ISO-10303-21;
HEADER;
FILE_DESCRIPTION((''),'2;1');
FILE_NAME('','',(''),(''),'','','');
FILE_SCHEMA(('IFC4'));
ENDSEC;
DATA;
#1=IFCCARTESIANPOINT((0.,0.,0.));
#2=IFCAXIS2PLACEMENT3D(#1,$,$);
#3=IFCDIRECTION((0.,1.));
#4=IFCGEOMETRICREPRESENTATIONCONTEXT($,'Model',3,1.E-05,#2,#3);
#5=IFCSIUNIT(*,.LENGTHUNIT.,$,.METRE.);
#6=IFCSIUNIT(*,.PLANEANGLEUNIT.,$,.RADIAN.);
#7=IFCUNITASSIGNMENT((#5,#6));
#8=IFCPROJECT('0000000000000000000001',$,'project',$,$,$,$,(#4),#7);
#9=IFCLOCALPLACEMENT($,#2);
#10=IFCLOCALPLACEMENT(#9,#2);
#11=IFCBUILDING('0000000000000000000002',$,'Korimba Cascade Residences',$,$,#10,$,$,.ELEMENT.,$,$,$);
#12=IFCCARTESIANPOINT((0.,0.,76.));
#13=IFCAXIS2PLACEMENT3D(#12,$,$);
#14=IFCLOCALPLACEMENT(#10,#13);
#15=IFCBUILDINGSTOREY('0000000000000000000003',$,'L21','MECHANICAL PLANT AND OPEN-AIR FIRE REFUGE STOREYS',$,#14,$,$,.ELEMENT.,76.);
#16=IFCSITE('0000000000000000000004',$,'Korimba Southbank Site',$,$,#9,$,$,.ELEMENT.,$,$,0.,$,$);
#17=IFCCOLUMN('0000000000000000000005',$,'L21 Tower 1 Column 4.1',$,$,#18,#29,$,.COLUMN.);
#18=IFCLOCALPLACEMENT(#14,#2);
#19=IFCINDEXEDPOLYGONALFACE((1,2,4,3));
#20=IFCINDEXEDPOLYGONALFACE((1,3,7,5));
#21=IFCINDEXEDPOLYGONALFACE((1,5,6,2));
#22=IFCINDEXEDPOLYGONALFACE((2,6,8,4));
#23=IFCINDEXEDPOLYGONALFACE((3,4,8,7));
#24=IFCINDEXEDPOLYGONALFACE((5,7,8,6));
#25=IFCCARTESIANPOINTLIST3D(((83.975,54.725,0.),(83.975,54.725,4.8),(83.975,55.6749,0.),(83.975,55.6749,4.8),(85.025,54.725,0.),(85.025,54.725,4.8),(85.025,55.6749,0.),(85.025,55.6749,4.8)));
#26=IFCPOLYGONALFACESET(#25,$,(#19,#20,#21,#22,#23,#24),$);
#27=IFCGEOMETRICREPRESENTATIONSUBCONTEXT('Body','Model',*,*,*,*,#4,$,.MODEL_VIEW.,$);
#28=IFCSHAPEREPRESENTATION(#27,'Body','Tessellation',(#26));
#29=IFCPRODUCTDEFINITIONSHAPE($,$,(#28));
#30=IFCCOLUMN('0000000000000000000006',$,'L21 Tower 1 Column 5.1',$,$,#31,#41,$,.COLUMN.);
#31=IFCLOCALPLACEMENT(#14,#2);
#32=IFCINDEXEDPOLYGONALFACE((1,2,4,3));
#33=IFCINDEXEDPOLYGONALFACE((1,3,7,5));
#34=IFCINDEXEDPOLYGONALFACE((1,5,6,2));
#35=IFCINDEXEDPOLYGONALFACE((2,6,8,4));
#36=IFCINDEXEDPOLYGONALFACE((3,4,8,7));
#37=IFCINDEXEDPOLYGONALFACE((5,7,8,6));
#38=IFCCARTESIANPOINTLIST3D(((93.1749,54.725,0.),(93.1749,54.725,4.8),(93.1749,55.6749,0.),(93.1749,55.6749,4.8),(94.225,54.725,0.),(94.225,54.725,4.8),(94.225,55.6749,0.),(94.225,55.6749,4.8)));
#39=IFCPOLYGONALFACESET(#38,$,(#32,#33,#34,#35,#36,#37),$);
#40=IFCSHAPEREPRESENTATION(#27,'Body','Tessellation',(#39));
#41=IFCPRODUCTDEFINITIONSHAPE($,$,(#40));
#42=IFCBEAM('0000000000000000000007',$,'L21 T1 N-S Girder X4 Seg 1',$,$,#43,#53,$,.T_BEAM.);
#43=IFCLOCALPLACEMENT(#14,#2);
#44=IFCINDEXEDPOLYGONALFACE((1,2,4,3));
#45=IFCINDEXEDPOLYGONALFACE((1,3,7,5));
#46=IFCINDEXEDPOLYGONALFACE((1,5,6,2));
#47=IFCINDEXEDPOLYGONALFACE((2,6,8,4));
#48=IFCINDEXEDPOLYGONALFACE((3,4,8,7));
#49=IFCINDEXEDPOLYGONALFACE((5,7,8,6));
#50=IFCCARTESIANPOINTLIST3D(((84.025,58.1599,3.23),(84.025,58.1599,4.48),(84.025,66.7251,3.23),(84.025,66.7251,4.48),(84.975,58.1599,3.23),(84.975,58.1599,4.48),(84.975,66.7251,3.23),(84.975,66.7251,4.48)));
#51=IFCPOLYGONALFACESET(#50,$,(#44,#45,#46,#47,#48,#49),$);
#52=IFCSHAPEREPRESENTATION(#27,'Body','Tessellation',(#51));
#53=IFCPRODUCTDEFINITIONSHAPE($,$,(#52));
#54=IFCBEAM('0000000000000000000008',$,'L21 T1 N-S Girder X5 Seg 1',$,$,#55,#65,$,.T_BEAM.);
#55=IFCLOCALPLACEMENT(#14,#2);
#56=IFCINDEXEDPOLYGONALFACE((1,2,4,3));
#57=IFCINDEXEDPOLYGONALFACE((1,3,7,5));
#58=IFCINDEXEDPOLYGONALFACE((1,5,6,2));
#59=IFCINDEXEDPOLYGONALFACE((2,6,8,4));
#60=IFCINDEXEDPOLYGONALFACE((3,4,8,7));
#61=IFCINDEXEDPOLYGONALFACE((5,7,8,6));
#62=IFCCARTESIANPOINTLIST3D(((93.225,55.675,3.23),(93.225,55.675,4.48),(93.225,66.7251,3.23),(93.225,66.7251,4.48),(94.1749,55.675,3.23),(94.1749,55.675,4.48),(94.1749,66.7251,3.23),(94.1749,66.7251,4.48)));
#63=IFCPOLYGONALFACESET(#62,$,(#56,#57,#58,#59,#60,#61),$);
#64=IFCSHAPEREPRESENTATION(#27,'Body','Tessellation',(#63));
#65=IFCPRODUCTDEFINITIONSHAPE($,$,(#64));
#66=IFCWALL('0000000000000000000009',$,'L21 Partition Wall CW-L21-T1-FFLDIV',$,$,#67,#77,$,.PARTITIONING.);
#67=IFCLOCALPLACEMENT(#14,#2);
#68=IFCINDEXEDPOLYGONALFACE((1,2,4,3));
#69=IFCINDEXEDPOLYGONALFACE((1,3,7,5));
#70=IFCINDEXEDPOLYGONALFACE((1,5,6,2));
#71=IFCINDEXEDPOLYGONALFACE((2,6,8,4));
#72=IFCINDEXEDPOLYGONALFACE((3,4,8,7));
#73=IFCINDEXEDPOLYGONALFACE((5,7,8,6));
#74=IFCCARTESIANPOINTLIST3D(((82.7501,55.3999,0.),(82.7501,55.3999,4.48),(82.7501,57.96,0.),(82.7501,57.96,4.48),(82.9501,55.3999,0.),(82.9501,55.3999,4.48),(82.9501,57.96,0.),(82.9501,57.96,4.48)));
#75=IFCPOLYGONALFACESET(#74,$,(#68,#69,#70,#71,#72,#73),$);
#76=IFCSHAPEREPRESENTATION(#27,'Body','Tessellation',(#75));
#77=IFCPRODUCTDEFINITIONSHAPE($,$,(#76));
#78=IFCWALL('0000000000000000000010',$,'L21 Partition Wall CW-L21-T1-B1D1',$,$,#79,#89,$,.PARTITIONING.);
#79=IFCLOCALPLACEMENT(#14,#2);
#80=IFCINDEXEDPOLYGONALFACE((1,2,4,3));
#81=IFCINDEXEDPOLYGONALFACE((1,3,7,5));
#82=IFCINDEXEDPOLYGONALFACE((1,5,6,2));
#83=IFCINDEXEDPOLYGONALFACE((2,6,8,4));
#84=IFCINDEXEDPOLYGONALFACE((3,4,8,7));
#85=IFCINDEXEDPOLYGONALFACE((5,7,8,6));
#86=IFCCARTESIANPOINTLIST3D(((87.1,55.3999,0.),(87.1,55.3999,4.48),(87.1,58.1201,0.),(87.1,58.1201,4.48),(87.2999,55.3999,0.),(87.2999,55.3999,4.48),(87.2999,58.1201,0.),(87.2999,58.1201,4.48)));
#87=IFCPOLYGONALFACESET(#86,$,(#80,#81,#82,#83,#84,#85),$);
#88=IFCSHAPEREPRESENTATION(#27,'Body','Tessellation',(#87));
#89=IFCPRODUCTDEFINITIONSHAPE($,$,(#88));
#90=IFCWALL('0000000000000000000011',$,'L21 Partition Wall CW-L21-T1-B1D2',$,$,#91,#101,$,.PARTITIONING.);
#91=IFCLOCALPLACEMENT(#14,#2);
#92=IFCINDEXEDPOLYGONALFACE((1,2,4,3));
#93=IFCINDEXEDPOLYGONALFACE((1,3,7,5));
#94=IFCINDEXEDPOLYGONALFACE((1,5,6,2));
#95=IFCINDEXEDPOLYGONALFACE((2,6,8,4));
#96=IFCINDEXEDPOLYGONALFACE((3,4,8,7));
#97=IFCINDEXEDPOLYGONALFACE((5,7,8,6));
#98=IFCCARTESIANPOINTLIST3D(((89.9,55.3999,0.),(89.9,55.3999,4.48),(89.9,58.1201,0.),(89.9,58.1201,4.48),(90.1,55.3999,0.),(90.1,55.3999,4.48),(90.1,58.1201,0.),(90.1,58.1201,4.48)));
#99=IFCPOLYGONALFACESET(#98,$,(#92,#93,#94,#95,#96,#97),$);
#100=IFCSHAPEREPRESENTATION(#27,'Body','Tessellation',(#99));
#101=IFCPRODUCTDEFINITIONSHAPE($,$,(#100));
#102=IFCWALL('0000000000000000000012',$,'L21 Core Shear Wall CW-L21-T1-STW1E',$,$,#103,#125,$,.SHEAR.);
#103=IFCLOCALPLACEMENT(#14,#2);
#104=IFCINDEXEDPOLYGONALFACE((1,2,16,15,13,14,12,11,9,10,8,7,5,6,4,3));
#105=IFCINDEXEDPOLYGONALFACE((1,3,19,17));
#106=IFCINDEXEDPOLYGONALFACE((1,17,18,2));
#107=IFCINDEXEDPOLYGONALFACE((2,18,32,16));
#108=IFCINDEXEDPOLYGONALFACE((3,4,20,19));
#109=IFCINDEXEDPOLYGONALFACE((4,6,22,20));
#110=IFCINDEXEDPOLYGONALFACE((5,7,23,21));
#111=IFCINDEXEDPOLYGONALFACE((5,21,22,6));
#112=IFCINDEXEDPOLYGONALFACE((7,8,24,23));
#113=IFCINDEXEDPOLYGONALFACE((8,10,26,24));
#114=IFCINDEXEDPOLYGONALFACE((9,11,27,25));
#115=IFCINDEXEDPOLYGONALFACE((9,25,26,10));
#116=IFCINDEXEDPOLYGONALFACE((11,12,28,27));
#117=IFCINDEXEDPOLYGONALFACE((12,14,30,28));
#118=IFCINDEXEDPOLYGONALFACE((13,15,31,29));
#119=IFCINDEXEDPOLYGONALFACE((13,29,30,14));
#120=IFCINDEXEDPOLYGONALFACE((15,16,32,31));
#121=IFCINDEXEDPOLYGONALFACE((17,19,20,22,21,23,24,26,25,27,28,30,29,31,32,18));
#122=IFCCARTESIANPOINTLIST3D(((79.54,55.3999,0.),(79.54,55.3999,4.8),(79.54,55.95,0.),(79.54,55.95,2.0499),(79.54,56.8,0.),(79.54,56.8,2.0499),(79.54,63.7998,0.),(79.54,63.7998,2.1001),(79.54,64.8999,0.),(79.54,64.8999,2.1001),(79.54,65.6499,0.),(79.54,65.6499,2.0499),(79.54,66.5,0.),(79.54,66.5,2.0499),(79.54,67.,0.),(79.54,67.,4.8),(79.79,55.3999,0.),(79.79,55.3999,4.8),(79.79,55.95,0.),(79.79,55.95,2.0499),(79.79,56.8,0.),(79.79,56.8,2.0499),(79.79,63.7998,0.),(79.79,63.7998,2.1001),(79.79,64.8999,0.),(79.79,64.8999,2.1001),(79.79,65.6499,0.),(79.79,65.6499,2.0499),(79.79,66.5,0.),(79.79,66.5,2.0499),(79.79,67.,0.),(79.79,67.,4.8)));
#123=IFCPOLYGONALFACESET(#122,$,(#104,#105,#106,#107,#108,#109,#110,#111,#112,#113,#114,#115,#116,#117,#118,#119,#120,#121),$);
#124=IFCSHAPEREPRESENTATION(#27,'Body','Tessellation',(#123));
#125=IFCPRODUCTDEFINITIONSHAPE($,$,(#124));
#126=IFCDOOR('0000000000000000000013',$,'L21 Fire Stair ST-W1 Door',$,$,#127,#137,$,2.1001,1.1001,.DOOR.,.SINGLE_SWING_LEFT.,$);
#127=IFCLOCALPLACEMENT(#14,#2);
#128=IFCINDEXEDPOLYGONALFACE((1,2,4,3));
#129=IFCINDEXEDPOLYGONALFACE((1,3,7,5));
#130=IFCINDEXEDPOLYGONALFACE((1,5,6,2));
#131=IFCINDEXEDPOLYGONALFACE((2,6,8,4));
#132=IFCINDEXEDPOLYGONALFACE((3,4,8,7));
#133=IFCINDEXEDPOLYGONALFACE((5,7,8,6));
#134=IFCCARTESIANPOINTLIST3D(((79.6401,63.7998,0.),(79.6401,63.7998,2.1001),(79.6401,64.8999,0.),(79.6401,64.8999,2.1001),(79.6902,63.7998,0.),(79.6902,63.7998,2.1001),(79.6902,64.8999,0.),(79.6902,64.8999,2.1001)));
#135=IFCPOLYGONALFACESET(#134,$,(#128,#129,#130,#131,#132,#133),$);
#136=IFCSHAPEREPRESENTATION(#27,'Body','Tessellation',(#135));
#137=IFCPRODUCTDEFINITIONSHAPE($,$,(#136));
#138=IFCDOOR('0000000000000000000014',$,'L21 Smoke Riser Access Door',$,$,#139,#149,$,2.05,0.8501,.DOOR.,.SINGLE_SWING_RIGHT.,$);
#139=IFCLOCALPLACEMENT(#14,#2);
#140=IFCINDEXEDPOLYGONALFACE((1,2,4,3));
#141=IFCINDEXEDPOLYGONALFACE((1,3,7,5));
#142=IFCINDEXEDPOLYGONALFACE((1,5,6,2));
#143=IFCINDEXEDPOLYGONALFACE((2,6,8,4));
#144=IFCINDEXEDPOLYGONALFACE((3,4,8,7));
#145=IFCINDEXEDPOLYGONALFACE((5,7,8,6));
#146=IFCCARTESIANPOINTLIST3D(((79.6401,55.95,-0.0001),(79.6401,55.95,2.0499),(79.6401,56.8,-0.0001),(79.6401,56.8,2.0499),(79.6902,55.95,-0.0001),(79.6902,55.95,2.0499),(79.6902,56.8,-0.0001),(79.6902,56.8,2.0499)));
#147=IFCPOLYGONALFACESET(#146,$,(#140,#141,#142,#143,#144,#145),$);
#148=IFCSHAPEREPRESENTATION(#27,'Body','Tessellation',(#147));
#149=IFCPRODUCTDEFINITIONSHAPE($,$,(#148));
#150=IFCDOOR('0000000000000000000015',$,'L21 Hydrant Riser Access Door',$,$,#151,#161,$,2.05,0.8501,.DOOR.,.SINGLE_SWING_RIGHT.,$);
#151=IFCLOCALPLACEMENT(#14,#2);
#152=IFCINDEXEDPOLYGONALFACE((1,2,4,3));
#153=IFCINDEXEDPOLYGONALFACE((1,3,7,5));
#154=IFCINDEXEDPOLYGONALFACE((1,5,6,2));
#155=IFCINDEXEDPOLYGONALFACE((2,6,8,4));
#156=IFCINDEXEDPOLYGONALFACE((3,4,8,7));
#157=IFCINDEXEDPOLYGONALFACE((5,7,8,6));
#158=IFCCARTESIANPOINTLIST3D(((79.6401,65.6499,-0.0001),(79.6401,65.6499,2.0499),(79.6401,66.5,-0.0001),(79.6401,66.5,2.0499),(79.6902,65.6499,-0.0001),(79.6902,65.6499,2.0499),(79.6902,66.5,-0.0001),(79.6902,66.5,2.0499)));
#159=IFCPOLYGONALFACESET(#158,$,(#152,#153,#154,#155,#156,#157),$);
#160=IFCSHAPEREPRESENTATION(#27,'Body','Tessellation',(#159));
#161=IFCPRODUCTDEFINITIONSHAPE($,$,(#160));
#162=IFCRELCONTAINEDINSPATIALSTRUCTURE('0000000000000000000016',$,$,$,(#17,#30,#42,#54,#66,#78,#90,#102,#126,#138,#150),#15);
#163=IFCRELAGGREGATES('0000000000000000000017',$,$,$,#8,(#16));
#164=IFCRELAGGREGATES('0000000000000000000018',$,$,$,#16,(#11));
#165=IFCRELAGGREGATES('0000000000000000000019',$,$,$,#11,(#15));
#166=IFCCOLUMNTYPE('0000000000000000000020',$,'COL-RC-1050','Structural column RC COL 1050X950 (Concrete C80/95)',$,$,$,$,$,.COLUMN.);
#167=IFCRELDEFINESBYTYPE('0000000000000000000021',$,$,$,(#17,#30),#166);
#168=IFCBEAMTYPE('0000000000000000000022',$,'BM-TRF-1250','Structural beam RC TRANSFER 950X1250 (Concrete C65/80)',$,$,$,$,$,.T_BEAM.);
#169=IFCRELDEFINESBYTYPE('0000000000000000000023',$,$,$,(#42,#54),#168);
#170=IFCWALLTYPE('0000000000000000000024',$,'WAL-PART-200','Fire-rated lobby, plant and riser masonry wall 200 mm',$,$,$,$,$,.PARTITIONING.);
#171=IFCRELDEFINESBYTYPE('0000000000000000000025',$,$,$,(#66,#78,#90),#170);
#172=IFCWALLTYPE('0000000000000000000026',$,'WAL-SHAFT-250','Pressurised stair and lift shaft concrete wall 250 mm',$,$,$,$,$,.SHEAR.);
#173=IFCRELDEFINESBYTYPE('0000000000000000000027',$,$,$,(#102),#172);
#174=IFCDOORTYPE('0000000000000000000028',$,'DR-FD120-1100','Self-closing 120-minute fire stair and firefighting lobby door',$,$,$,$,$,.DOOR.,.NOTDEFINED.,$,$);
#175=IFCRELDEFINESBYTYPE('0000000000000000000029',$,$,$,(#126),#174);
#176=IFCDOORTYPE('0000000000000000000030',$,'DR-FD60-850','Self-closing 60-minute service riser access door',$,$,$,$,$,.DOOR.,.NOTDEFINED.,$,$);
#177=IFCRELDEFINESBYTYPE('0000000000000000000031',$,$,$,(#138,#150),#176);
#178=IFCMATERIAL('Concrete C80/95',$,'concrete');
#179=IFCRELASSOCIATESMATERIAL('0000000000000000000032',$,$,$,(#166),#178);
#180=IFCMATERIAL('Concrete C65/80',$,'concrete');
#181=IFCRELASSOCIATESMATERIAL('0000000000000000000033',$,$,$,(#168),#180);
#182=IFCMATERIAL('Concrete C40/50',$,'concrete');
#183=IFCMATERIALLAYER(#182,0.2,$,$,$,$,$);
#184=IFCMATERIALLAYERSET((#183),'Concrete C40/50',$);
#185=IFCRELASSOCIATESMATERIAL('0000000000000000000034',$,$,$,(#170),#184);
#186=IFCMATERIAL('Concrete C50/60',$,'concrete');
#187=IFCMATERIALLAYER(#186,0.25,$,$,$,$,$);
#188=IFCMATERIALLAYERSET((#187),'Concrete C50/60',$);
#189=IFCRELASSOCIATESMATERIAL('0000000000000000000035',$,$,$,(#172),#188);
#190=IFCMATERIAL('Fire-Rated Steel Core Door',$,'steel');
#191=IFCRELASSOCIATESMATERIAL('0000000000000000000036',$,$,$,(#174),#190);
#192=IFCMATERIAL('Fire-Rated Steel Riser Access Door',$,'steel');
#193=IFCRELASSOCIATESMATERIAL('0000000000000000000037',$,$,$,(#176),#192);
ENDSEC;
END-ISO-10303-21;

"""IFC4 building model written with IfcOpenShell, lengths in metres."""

from ifc_helpers import new_model, si_unit, direction, frame, frame_2d, origin, origin_2d, place, context, subcontext, project, spatial, rectangle, extrude, material, layer, layer_set, material_profile, profile_set, type_object, element, fill, save


model = new_model("IFC4")

# Units and contexts
model_context = context("Model", 3, precision=1e-05, world=origin(), true_north=direction((0.0, 1.0)))
body_context = subcontext(model_context, "Body", "Model", "MODEL_VIEW")
ifc_project = project(units=[si_unit("LENGTHUNIT", "METRE"), si_unit("PLANEANGLEUNIT", "RADIAN")], contexts=[model_context])

# Site, building, storey
site_placement = place(None, origin())
site = spatial("IfcSite", under=ifc_project, at=site_placement, Name="Korimba Southbank Site", CompositionType="ELEMENT", RefElevation=0.0)
building_placement = place(site_placement, origin())
building = spatial("IfcBuilding", under=site, at=building_placement, Name="Korimba Cascade Residences", CompositionType="ELEMENT")
storey_placement = place(building_placement, frame((0.0, 0.0, 76.0)))
storey = spatial("IfcBuildingStorey", under=building, at=storey_placement, Name="L21", Description="MECHANICAL PLANT AND OPEN-AIR FIRE REFUGE STOREYS", CompositionType="ELEMENT", Elevation=76.0)

# Columns
ifc_material_1 = material(Name="Concrete C80/95", Category="concrete")
ifc_material_profile_1 = material_profile(ifc_material_1, rectangle(XDim=1.05, YDim=0.95, at=origin_2d()), Name="Concrete C80/95")
ifc_profile_set_1 = profile_set([ifc_material_profile_1], Name="Concrete C80/95")
column_type = type_object("IfcColumnType", Name="COL-RC-1050", Description="Structural column RC COL 1050X950 (Concrete C80/95)", PredefinedType="COLUMN", material=ifc_profile_set_1)
for number, where, z_axis, x_axis, name in (
    (1, (84.5, 55.2, 0.0), (0.0, 0.0, 1.0), (1.0, 0.0, 0.0), "L21 Tower 1 Column 4.1"),
    (2, (93.7, 55.2, 0.0), (0.0, 0.0, 1.0), (1.0, 0.0, 0.0), "L21 Tower 1 Column 5.1"),
):
    element("IfcColumn", number, at=place(storey_placement, frame(where, z_axis=z_axis, x_axis=x_axis)), inside=storey, type_object=column_type, Name=name, PredefinedType="COLUMN", context=body_context, shape_type="SweptSolid", body=[
        extrude(rectangle(XDim=1.05, YDim=0.95, at=origin_2d()), origin(), (0.0, 0.0, 1.0), 4.8),
    ])

# Beams
ifc_material_2 = material(Name="Concrete C65/80", Category="concrete")
ifc_material_profile_2 = material_profile(ifc_material_2, rectangle(XDim=0.95, YDim=1.25, at=origin_2d()), Name="Concrete C65/80")
ifc_profile_set_2 = profile_set([ifc_material_profile_2], Name="Concrete C65/80")
beam_type = type_object("IfcBeamType", Name="BM-TRF-1250", Description="Structural beam RC TRANSFER 950X1250 (Concrete C65/80)", PredefinedType="T_BEAM", material=ifc_profile_set_2)
beam_1_placement = place(storey_placement, frame((84.5, 58.1599, 3.855), z_axis=(0.0, 1.0, 0.0), x_axis=(-1.0, 0.0, 0.0)))
element("IfcBeam", 3, at=beam_1_placement, inside=storey, type_object=beam_type, Name="L21 T1 N-S Girder X4 Seg 1", PredefinedType="T_BEAM", context=body_context, shape_type="SweptSolid", body=[
    extrude(rectangle(XDim=0.95, YDim=1.25, at=origin_2d()), origin(), (0.0, 0.0, 1.0), 8.5652),
])
beam_2_placement = place(storey_placement, frame((93.7, 55.675, 3.855), z_axis=(0.0, 1.0, 0.0), x_axis=(-1.0, 0.0, 0.0)))
element("IfcBeam", 4, at=beam_2_placement, inside=storey, type_object=beam_type, Name="L21 T1 N-S Girder X5 Seg 1", PredefinedType="T_BEAM", context=body_context, shape_type="SweptSolid", body=[
    extrude(rectangle(XDim=0.95, YDim=1.25, at=origin_2d()), origin(), (0.0, 0.0, 1.0), 11.05),
])

# Walls
ifc_material_3 = material(Name="Concrete C40/50", Category="concrete")
ifc_layer_1 = layer(ifc_material_3, 0.2)
ifc_layer_set_1 = layer_set([ifc_layer_1], Name="Concrete C40/50")
wall_type_1 = type_object("IfcWallType", Name="WAL-PART-200", Description="Fire-rated lobby, plant and riser masonry wall 200 mm", PredefinedType="PARTITIONING", material=ifc_layer_set_1)
wall_1_placement = place(storey_placement, frame((82.8501, 55.3999, 0.0), z_axis=(0.0, 0.0, 1.0), x_axis=(0.0, 1.0, 0.0)))
element("IfcWall", 5, at=wall_1_placement, inside=storey, type_object=wall_type_1, Name="L21 Partition Wall CW-L21-T1-FFLDIV", PredefinedType="PARTITIONING", context=body_context, shape_type="SweptSolid", body=[
    extrude(rectangle(XDim=2.5601, YDim=0.2, at=frame_2d((1.28, 0.0))), origin(), (0.0, 0.0, 1.0), 4.48),
])
for number, where, z_axis, x_axis, name in (
    (6, (87.2, 55.3999, 0.0), (0.0, 0.0, 1.0), (0.0, 1.0, 0.0), "L21 Partition Wall CW-L21-T1-B1D1"),
    (7, (90.0, 55.3999, 0.0), (0.0, 0.0, 1.0), (0.0, 1.0, 0.0), "L21 Partition Wall CW-L21-T1-B1D2"),
):
    element("IfcWall", number, at=place(storey_placement, frame(where, z_axis=z_axis, x_axis=x_axis)), inside=storey, type_object=wall_type_1, Name=name, PredefinedType="PARTITIONING", context=body_context, shape_type="SweptSolid", body=[
        extrude(rectangle(XDim=2.7202, YDim=0.2, at=frame_2d((1.3601, 0.0))), origin(), (0.0, 0.0, 1.0), 4.48),
    ])

# Wall, openings, doors
ifc_material_4 = material(Name="Concrete C50/60", Category="concrete")
ifc_layer_2 = layer(ifc_material_4, 0.25)
ifc_layer_set_2 = layer_set([ifc_layer_2], Name="Concrete C50/60")
wall_type_2 = type_object("IfcWallType", Name="WAL-SHAFT-250", Description="Pressurised stair and lift shaft concrete wall 250 mm", PredefinedType="SHEAR", material=ifc_layer_set_2)
wall_2_placement = place(storey_placement, frame((79.665, 55.3999, 0.0), z_axis=(0.0, 0.0, 1.0), x_axis=(0.0, 1.0, 0.0)))
wall_2 = element("IfcWall", 8, at=wall_2_placement, inside=storey, type_object=wall_type_2, Name="L21 Core Shear Wall CW-L21-T1-STW1E", PredefinedType="SHEAR", context=body_context, shape_type="SweptSolid", body=[
    extrude(rectangle(XDim=11.6001, YDim=0.25, at=frame_2d((5.8, 0.0))), origin(), (0.0, 0.0, 1.0), 4.8),
])
opening_1_placement = place(wall_2_placement, frame((0.55, 0.0, 0.0)))
opening_1 = element("IfcOpeningElement", 9, at=opening_1_placement, cuts=wall_2, PredefinedType="OPENING", context=body_context, shape_type="SweptSolid", body=[
    extrude(rectangle(XDim=0.8501, YDim=2.05, at=frame_2d((0.425, 1.0249))), frame((0.0, 0.135, 0.0), z_axis=(0.0, -1.0, 0.0), x_axis=(1.0, 0.0, 0.0)), (0.0, 0.0, 1.0), 0.27),
])
opening_2_placement = place(wall_2_placement, frame((8.3999, 0.0, 0.0)))
opening_2 = element("IfcOpeningElement", 10, at=opening_2_placement, cuts=wall_2, PredefinedType="OPENING", context=body_context, shape_type="SweptSolid", body=[
    extrude(rectangle(XDim=1.1001, YDim=2.1001, at=frame_2d((0.55, 1.05))), frame((0.0, 0.135, 0.0), z_axis=(0.0, -1.0, 0.0), x_axis=(1.0, 0.0, 0.0)), (0.0, 0.0, 1.0), 0.27),
])
opening_3_placement = place(wall_2_placement, frame((10.25, 0.0, 0.0)))
opening_3 = element("IfcOpeningElement", 11, at=opening_3_placement, cuts=wall_2, PredefinedType="OPENING", context=body_context, shape_type="SweptSolid", body=[
    extrude(rectangle(XDim=0.8501, YDim=2.05, at=frame_2d((0.425, 1.0249))), frame((0.0, 0.135, 0.0), z_axis=(0.0, -1.0, 0.0), x_axis=(1.0, 0.0, 0.0)), (0.0, 0.0, 1.0), 0.27),
])
ifc_material_5 = material(Name="Fire-Rated Steel Core Door", Category="steel")
door_type_1 = type_object("IfcDoorType", Name="DR-FD120-1100", Description="Self-closing 120-minute fire stair and firefighting lobby door", OperationType="NOTDEFINED", PredefinedType="DOOR", material=ifc_material_5)
door_1_placement = place(opening_2_placement, origin())
door_1 = element("IfcDoor", 12, at=door_1_placement, inside=storey, type_object=door_type_1, Name="L21 Fire Stair ST-W1 Door", OperationType="SINGLE_SWING_LEFT", OverallHeight=2.1001, OverallWidth=1.1001, PredefinedType="DOOR", context=body_context, shape_type="SweptSolid", body=[
    extrude(rectangle(XDim=1.1001, YDim=2.1001, at=frame_2d((0.55, 1.05))), frame((0.0, 0.0249, 0.0), z_axis=(0.0, -1.0, 0.0), x_axis=(1.0, 0.0, 0.0)), (0.0, 0.0, 1.0), 0.05),
])
fill(opening_2, door_1)
ifc_material_6 = material(Name="Fire-Rated Steel Riser Access Door", Category="steel")
door_type_2 = type_object("IfcDoorType", Name="DR-FD60-850", Description="Self-closing 60-minute service riser access door", OperationType="NOTDEFINED", PredefinedType="DOOR", material=ifc_material_6)
door_2_placement = place(opening_1_placement, origin())
door_2 = element("IfcDoor", 13, at=door_2_placement, inside=storey, type_object=door_type_2, Name="L21 Smoke Riser Access Door", OperationType="SINGLE_SWING_RIGHT", OverallHeight=2.05, OverallWidth=0.8501, PredefinedType="DOOR", context=body_context, shape_type="SweptSolid", body=[
    extrude(rectangle(XDim=0.8501, YDim=2.05, at=frame_2d((0.425, 1.0249))), frame((0.0, 0.0249, 0.0), z_axis=(0.0, -1.0, 0.0), x_axis=(1.0, 0.0, 0.0)), (0.0, 0.0, 1.0), 0.05),
])
fill(opening_1, door_2)
door_3_placement = place(opening_3_placement, origin())
door_3 = element("IfcDoor", 14, at=door_3_placement, inside=storey, type_object=door_type_2, Name="L21 Hydrant Riser Access Door", OperationType="SINGLE_SWING_RIGHT", OverallHeight=2.05, OverallWidth=0.8501, PredefinedType="DOOR", context=body_context, shape_type="SweptSolid", body=[
    extrude(rectangle(XDim=0.8501, YDim=2.05, at=frame_2d((0.425, 1.0249))), frame((0.0, 0.0249, 0.0), z_axis=(0.0, -1.0, 0.0), x_axis=(1.0, 0.0, 0.0)), (0.0, 0.0, 1.0), 0.05),
])
fill(opening_3, door_3)

save(model, "model.ifc")
